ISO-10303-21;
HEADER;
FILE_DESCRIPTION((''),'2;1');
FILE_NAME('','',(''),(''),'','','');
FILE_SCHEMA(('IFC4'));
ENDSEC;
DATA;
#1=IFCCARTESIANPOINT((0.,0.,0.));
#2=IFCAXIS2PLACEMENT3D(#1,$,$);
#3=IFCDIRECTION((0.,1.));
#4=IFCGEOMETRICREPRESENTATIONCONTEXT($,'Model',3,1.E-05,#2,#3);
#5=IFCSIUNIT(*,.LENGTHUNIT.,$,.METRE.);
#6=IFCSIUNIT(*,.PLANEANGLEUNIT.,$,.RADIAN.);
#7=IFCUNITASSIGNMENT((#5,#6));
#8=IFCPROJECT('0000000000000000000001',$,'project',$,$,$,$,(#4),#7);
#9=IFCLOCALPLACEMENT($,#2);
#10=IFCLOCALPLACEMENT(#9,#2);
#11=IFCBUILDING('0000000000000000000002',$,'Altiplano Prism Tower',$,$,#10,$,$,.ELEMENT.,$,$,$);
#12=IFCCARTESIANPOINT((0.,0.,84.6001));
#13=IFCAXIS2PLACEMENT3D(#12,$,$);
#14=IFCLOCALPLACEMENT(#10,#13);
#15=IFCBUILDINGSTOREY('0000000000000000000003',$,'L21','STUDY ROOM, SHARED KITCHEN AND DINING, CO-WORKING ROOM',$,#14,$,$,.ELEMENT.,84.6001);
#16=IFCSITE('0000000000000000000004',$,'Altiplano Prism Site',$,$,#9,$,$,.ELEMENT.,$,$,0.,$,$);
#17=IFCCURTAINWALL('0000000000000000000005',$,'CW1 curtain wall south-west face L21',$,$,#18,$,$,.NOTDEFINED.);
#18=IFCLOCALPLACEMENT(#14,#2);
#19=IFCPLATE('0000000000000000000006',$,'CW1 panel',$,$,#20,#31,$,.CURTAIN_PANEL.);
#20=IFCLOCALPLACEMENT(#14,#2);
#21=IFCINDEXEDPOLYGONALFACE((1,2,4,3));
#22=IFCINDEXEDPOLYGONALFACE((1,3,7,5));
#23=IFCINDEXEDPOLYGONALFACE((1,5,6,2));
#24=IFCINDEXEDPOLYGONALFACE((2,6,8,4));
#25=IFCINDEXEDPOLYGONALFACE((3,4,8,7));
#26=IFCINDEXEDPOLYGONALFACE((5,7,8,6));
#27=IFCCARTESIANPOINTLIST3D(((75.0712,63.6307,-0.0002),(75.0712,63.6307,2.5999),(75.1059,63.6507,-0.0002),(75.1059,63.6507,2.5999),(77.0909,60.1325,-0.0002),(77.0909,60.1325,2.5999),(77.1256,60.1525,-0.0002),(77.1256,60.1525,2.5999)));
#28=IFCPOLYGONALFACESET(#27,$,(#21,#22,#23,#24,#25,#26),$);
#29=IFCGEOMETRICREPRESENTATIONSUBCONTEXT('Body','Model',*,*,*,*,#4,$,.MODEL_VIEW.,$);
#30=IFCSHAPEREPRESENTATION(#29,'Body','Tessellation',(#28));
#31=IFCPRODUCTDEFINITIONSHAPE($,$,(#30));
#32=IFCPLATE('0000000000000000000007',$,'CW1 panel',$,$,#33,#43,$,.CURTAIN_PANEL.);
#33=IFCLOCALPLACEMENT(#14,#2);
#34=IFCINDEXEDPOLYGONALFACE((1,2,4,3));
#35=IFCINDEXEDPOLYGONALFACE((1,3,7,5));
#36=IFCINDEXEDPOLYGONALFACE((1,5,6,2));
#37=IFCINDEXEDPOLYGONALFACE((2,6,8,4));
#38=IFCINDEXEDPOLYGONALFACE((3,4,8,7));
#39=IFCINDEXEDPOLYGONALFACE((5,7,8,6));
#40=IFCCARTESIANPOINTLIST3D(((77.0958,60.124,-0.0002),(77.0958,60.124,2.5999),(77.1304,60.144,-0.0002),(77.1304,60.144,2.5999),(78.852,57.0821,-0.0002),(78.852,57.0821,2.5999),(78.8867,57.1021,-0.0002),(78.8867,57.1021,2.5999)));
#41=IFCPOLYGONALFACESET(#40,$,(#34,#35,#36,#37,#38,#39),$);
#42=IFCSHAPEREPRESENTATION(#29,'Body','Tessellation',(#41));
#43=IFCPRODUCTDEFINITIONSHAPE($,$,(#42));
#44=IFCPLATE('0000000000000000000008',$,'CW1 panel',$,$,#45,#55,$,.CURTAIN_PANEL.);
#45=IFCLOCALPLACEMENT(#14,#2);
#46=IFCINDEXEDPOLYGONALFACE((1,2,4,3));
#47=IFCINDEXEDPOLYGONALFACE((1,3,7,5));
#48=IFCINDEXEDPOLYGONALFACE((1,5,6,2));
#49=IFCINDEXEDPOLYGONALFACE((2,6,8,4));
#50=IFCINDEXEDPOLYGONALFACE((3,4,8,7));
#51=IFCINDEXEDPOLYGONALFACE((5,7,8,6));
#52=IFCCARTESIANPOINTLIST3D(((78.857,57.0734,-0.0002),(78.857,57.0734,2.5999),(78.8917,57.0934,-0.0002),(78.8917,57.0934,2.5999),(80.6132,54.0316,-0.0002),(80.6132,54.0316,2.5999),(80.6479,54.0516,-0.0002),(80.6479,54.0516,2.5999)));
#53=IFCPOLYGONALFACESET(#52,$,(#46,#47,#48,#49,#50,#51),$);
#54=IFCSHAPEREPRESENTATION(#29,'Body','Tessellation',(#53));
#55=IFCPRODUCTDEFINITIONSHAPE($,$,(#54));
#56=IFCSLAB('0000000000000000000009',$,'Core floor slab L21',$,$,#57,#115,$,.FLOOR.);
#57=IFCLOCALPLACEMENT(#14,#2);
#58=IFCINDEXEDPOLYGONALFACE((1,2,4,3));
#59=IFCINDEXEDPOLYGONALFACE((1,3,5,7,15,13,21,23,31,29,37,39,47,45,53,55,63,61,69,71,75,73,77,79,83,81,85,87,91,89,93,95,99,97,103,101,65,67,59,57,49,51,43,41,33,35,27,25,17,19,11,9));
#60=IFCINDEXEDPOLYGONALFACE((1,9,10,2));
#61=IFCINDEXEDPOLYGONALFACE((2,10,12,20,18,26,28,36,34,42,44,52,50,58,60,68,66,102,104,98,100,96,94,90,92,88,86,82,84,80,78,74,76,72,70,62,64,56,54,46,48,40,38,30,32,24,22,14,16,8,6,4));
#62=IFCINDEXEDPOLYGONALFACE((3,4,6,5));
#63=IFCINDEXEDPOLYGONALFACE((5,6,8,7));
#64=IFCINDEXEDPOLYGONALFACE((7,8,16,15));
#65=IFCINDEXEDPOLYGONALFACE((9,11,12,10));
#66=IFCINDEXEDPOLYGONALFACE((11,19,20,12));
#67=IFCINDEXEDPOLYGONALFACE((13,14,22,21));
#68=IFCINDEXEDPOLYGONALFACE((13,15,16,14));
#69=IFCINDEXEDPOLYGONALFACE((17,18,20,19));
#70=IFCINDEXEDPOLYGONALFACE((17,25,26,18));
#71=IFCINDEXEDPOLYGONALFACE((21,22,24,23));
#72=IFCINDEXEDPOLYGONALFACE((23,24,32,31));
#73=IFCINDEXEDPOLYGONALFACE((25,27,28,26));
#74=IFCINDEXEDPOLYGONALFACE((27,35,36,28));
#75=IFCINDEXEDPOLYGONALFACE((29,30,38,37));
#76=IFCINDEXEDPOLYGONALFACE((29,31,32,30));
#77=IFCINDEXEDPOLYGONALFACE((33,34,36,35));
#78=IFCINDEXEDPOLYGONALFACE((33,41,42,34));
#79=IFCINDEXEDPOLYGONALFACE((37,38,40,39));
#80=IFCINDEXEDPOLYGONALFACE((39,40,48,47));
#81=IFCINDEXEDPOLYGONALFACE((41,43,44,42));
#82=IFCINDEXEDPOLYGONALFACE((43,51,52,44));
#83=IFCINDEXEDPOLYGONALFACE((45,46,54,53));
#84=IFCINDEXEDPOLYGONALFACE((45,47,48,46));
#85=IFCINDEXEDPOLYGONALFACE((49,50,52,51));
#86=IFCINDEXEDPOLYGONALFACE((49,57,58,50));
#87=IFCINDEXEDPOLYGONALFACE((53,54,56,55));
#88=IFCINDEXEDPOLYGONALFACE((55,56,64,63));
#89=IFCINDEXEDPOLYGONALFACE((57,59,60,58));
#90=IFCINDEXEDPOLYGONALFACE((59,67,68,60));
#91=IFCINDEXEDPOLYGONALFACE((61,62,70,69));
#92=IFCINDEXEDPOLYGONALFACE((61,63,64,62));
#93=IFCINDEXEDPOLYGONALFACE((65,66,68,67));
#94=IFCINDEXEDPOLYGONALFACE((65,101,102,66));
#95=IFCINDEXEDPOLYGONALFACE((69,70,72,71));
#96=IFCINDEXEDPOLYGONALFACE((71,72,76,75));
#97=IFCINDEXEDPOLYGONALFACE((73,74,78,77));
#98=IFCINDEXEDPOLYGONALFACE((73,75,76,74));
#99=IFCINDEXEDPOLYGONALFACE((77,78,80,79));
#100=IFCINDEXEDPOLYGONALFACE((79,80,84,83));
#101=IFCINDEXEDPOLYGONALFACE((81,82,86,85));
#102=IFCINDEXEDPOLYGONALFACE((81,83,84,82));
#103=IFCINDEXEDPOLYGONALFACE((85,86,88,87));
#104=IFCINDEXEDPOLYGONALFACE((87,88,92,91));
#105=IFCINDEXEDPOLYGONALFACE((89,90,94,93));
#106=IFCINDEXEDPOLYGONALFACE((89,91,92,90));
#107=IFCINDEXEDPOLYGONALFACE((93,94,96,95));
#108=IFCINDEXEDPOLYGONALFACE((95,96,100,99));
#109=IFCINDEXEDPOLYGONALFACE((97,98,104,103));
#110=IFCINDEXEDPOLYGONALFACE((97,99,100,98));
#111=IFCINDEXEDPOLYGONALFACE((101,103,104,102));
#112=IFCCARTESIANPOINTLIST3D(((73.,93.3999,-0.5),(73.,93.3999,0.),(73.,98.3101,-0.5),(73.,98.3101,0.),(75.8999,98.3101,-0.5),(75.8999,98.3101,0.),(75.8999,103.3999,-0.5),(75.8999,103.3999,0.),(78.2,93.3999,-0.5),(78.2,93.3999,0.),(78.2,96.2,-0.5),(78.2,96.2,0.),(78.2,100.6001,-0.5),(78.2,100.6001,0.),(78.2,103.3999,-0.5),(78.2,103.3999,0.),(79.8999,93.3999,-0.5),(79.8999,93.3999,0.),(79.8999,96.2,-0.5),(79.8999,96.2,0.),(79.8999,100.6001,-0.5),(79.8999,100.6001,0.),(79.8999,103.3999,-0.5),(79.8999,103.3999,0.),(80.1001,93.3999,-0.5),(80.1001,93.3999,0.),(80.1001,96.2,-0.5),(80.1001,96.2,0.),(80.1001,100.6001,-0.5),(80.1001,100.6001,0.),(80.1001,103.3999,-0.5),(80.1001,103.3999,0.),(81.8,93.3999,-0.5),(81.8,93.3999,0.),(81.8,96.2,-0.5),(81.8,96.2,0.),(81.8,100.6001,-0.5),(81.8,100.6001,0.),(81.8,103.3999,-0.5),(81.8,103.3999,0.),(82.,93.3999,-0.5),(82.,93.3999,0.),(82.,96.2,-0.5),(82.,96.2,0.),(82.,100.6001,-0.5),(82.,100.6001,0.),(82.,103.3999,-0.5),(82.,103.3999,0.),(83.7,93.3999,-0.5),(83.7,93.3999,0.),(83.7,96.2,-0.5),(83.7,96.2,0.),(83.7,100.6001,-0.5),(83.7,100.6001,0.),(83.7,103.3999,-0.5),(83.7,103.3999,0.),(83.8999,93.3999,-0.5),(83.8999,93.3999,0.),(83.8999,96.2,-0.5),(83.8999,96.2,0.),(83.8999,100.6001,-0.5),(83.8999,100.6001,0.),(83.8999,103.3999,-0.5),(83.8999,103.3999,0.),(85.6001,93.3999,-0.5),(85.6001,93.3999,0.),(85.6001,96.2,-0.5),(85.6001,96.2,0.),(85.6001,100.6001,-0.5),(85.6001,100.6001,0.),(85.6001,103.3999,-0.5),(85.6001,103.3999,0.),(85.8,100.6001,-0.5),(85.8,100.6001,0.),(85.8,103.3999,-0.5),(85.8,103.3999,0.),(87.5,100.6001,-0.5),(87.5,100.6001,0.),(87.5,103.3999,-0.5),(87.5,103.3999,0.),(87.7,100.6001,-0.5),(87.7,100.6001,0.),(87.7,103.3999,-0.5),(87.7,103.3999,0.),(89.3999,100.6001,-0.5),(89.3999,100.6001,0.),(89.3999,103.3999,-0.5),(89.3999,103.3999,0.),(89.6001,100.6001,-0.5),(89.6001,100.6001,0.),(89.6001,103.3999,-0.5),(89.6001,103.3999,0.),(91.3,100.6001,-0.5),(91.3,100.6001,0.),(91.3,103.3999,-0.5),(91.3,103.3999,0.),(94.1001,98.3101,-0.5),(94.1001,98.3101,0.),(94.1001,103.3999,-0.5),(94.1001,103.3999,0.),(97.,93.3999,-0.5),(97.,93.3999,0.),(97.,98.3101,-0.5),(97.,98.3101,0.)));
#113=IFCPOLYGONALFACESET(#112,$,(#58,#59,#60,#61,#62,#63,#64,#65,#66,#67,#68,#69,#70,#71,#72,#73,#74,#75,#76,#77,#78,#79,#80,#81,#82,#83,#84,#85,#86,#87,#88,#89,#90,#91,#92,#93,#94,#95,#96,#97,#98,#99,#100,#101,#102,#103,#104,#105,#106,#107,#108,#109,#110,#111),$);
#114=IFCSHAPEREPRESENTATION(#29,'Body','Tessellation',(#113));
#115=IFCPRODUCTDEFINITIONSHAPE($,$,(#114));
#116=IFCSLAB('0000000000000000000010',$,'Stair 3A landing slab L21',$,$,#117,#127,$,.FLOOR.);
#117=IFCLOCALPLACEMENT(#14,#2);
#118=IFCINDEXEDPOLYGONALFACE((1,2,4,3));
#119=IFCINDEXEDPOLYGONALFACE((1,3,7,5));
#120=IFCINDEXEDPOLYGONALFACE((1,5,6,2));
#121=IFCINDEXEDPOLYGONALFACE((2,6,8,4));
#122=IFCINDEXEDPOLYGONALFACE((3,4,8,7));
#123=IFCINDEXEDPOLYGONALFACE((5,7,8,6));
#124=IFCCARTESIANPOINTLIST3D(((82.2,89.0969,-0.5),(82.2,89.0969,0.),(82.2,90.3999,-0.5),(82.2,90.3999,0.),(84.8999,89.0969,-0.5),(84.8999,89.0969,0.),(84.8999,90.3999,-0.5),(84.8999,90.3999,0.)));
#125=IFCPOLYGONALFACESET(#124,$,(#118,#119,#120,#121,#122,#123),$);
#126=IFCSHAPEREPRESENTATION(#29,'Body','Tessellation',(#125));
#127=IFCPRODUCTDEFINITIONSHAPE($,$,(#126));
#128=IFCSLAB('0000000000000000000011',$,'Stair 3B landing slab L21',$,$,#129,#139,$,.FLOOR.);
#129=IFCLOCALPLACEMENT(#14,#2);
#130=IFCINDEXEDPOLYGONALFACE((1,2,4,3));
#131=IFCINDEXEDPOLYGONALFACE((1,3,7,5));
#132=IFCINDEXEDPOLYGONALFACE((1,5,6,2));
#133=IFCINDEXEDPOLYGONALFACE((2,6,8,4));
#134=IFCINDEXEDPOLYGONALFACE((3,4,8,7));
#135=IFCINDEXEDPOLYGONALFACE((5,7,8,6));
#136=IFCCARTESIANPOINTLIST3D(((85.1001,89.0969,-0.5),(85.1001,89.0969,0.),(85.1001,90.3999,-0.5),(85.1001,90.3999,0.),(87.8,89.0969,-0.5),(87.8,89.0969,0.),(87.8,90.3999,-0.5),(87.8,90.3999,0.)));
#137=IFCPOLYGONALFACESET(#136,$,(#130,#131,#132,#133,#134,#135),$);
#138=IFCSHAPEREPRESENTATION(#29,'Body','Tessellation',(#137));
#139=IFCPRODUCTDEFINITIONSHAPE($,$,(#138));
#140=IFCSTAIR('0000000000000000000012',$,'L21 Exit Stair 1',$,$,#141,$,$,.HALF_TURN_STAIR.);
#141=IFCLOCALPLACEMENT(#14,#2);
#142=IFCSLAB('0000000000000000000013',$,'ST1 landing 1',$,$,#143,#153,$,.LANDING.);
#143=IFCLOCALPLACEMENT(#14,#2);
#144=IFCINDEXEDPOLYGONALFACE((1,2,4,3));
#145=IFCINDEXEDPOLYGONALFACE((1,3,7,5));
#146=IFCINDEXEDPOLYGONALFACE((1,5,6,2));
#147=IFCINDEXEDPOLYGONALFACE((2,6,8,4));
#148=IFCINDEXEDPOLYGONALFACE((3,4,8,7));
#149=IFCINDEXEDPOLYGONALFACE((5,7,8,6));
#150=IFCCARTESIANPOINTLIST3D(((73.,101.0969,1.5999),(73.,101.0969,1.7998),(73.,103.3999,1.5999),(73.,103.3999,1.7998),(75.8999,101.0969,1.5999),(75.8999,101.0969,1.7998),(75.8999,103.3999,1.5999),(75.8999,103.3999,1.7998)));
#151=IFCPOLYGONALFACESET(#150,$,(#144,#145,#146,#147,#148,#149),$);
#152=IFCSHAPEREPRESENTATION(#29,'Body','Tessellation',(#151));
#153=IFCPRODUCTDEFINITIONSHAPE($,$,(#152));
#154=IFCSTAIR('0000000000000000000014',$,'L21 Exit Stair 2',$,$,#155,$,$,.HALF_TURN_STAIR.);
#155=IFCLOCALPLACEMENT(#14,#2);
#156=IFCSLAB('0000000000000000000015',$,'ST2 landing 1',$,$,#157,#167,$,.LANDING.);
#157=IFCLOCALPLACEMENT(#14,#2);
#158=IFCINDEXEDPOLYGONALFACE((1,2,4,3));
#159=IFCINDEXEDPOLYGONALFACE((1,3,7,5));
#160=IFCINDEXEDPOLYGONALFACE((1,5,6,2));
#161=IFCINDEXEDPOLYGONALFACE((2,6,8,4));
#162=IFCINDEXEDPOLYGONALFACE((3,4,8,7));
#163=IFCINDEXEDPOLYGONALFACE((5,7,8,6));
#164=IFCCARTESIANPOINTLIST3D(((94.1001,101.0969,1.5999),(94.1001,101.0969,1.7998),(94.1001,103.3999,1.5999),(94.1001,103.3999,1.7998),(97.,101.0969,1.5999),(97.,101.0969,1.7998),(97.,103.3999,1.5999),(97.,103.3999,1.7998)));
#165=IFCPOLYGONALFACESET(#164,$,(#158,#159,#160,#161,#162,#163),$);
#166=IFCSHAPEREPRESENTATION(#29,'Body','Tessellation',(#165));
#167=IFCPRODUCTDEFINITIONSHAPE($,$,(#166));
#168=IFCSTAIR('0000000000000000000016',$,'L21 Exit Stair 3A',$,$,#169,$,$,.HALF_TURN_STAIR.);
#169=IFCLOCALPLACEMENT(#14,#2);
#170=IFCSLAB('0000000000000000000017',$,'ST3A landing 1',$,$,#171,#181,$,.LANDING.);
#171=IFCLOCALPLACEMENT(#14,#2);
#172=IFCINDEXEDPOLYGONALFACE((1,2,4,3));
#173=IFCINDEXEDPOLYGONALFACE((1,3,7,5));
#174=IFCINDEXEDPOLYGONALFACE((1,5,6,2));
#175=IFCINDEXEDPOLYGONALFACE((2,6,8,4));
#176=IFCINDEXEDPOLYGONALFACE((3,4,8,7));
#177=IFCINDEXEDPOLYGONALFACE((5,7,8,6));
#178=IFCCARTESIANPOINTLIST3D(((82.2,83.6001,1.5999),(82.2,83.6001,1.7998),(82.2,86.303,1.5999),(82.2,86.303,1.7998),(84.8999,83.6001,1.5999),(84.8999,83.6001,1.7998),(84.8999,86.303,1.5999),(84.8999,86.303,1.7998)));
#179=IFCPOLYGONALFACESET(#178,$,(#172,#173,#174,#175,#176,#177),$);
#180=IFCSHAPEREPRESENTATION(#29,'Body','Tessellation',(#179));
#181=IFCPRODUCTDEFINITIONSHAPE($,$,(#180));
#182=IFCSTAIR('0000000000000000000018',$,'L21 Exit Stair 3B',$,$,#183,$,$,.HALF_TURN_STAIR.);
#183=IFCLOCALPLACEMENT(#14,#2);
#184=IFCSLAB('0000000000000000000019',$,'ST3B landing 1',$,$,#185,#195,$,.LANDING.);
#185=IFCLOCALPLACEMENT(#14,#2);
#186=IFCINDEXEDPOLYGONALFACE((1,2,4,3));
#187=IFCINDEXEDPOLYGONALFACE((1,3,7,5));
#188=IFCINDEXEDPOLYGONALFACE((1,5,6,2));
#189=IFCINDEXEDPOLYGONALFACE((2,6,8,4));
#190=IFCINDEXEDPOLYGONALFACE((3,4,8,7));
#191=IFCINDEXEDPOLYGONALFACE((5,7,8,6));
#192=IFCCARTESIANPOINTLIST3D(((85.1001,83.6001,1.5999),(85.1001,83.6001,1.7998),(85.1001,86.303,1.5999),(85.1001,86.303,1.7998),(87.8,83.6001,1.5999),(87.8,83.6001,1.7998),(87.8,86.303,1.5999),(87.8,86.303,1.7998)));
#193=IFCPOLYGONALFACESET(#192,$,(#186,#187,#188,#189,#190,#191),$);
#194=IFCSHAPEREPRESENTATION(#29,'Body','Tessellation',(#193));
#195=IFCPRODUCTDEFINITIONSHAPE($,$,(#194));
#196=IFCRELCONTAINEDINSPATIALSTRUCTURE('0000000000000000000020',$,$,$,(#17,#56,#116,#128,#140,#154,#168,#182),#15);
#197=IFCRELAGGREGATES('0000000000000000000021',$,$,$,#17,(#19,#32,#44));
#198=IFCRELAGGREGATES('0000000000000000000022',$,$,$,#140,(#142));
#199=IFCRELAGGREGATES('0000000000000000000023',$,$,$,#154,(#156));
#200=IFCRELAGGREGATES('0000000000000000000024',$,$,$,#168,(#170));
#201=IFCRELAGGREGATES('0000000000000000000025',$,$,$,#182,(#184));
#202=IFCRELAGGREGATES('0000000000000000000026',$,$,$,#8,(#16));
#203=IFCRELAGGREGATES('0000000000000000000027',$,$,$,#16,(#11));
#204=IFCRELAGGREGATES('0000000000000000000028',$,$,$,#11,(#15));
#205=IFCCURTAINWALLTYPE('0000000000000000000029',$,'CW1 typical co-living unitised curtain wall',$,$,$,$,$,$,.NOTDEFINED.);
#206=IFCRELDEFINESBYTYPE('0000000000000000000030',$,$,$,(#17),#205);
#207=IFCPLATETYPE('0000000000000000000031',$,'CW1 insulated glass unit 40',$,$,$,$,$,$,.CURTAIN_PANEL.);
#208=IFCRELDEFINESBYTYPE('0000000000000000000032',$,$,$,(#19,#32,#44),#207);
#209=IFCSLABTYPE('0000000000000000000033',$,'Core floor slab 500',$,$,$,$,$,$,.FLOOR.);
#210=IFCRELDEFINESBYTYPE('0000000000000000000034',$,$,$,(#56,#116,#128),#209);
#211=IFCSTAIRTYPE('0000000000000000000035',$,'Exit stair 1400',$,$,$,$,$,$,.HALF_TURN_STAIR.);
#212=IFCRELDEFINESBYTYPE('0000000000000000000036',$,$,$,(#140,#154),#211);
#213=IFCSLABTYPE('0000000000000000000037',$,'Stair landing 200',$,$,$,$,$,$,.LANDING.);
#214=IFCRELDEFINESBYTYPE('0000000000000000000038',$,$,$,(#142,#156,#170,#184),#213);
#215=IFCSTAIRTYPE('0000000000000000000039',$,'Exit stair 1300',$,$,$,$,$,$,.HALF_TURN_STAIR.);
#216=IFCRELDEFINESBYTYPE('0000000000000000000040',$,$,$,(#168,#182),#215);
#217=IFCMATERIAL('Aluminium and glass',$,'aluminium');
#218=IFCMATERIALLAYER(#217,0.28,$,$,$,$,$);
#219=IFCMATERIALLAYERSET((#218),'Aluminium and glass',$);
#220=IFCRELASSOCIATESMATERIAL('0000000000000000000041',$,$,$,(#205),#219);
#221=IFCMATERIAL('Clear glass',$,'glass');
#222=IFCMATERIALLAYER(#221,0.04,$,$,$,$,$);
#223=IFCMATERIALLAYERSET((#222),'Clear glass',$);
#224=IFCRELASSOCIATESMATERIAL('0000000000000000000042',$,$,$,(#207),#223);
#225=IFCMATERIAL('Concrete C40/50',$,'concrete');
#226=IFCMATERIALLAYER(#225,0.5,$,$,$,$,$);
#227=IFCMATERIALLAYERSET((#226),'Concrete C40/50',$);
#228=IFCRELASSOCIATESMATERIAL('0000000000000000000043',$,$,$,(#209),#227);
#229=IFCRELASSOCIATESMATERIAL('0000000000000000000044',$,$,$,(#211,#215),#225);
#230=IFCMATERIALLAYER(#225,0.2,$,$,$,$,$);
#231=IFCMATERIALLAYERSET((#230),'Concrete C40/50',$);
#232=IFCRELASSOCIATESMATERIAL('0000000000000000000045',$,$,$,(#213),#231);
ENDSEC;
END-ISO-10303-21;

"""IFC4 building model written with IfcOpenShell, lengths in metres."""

from ifc_helpers import new_model, si_unit, direction, frame, origin, origin_2d, place, context, subcontext, project, spatial, polyline, rectangle, outline, extrude, material, layer, layer_set, type_object, element, aggregate, save


model = new_model("IFC4")

# Units and contexts
model_context = context("Model", 3, precision=1e-05, world=origin(), true_north=direction((0.0, 1.0)))
body_context = subcontext(model_context, "Body", "Model", "MODEL_VIEW")
ifc_project = project(units=[si_unit("LENGTHUNIT", "METRE"), si_unit("PLANEANGLEUNIT", "RADIAN")], contexts=[model_context])

# Site, building, storey
site_placement = place(None, origin())
site = spatial("IfcSite", under=ifc_project, at=site_placement, Name="Altiplano Prism Site", CompositionType="ELEMENT", RefElevation=0.0)
building_placement = place(site_placement, origin())
building = spatial("IfcBuilding", under=site, at=building_placement, Name="Altiplano Prism Tower", CompositionType="ELEMENT")
storey_placement = place(building_placement, frame((0.0, 0.0, 84.6001)))
storey = spatial("IfcBuildingStorey", under=building, at=storey_placement, Name="L21", Description="STUDY ROOM, SHARED KITCHEN AND DINING, CO-WORKING ROOM", CompositionType="ELEMENT", Elevation=84.6001)

# Curtain wall
ifc_material_1 = material(Name="Aluminium and glass", Category="aluminium")
ifc_layer_1 = layer(ifc_material_1, 0.28)
ifc_layer_set_1 = layer_set([ifc_layer_1], Name="Aluminium and glass")
curtain_wall_type = type_object("IfcCurtainWallType", Name="CW1 typical co-living unitised curtain wall", PredefinedType="NOTDEFINED", material=ifc_layer_set_1)
curtain_wall_placement = place(storey_placement, origin())
curtain_wall = element("IfcCurtainWall", 1, at=curtain_wall_placement, inside=storey, type_object=curtain_wall_type, Name="CW1 curtain wall south-west face L21", PredefinedType="NOTDEFINED")

# Plates
ifc_material_2 = material(Name="Clear glass", Category="glass")
ifc_layer_2 = layer(ifc_material_2, 0.04)
ifc_layer_set_2 = layer_set([ifc_layer_2], Name="Clear glass")
plate_type = type_object("IfcPlateType", Name="CW1 insulated glass unit 40", PredefinedType="CURTAIN_PANEL", material=ifc_layer_set_2)
plate_1_placement = place(storey_placement, frame((76.0984, 61.8916, -0.0002), z_axis=(0.0, 0.0, 1.0), x_axis=(0.5, -0.866025, 0.0)))
plate_1 = element("IfcPlate", 2, at=plate_1_placement, type_object=plate_type, Name="CW1 panel", PredefinedType="CURTAIN_PANEL", context=body_context, shape_type="SweptSolid", body=[
    extrude(rectangle(XDim=4.0393, YDim=0.04, at=origin_2d()), origin(), (0.0, 0.0, 1.0), 2.6001),
])
plate_2_placement = place(storey_placement, frame((77.9912, 58.613, -0.0002), z_axis=(0.0, 0.0, 1.0), x_axis=(0.5, -0.866025, 0.0)))
plate_2 = element("IfcPlate", 3, at=plate_2_placement, type_object=plate_type, Name="CW1 panel", PredefinedType="CURTAIN_PANEL", context=body_context, shape_type="SweptSolid", body=[
    extrude(rectangle(XDim=3.5125, YDim=0.04, at=origin_2d()), origin(), (0.0, 0.0, 1.0), 2.6001),
])
plate_3_placement = place(storey_placement, frame((79.7524, 55.5625, -0.0002), z_axis=(0.0, 0.0, 1.0), x_axis=(0.5, -0.866025, 0.0)))
plate_3 = element("IfcPlate", 4, at=plate_3_placement, type_object=plate_type, Name="CW1 panel", PredefinedType="CURTAIN_PANEL", context=body_context, shape_type="SweptSolid", body=[
    extrude(rectangle(XDim=3.5125, YDim=0.04, at=origin_2d()), origin(), (0.0, 0.0, 1.0), 2.6001),
])
aggregate(curtain_wall, [plate_1, plate_2, plate_3])

# Slabs
ifc_material_3 = material(Name="Concrete C40/50", Category="concrete")
ifc_layer_3 = layer(ifc_material_3, 0.5)
ifc_layer_set_3 = layer_set([ifc_layer_3], Name="Concrete C40/50")
slab_type_1 = type_object("IfcSlabType", Name="Core floor slab 500", PredefinedType="FLOOR", material=ifc_layer_set_3)
slab_1_placement = place(storey_placement, frame((0.0, 0.0, -0.5)))
element("IfcSlab", 5, at=slab_1_placement, inside=storey, type_object=slab_type_1, Name="Core floor slab L21", PredefinedType="FLOOR", context=body_context, shape_type="SweptSolid", body=[
    extrude(outline(polyline([(97.0, 98.3101), (94.1001, 98.3101), (94.1001, 103.3999), (91.3, 103.3999), (91.3, 100.6001), (89.6001, 100.6001), (89.6001, 103.3999), (89.3999, 103.3999), (89.3999, 100.6001), (87.7, 100.6001), (87.7, 103.3999), (87.5, 103.3999), (87.5, 100.6001), (85.8, 100.6001), (85.8, 103.3999), (85.6001, 103.3999), (85.6001, 100.6001), (83.8999, 100.6001), (83.8999, 103.3999), (83.7, 103.3999), (83.7, 100.6001), (82.0, 100.6001), (82.0, 103.3999), (81.8, 103.3999), (81.8, 100.6001), (80.1001, 100.6001), (80.1001, 103.3999), (79.8999, 103.3999), (79.8999, 100.6001), (78.2, 100.6001), (78.2, 103.3999), (75.8999, 103.3999), (75.8999, 98.3101), (73.0, 98.3101), (73.0, 93.3999), (78.2, 93.3999), (78.2, 96.2), (79.8999, 96.2), (79.8999, 93.3999), (80.1001, 93.3999), (80.1001, 96.2), (81.8, 96.2), (81.8, 93.3999), (82.0, 93.3999), (82.0, 96.2), (83.7, 96.2), (83.7, 93.3999), (83.8999, 93.3999), (83.8999, 96.2), (85.6001, 96.2), (85.6001, 93.3999), (97.0, 93.3999), (97.0, 98.3101)])), origin(), (0.0, 0.0, 1.0), 0.5),
])
slab_2_placement = place(storey_placement, frame((0.0, 0.0, -0.5)))
element("IfcSlab", 6, at=slab_2_placement, inside=storey, type_object=slab_type_1, Name="Stair 3A landing slab L21", PredefinedType="FLOOR", context=body_context, shape_type="SweptSolid", body=[
    extrude(outline(polyline([(82.2, 89.0969), (84.8999, 89.0969), (84.8999, 90.3999), (82.2, 90.3999), (82.2, 89.0969)])), origin(), (0.0, 0.0, 1.0), 0.5),
])
slab_3_placement = place(storey_placement, frame((0.0, 0.0, -0.5)))
element("IfcSlab", 7, at=slab_3_placement, inside=storey, type_object=slab_type_1, Name="Stair 3B landing slab L21", PredefinedType="FLOOR", context=body_context, shape_type="SweptSolid", body=[
    extrude(outline(polyline([(85.1001, 89.0969), (87.8, 89.0969), (87.8, 90.3999), (85.1001, 90.3999), (85.1001, 89.0969)])), origin(), (0.0, 0.0, 1.0), 0.5),
])

# Stairs, slabs
stair_type_1 = type_object("IfcStairType", Name="Exit stair 1400", PredefinedType="HALF_TURN_STAIR", material=ifc_material_3)
stair_1_placement = place(storey_placement, origin())
stair_1 = element("IfcStair", 8, at=stair_1_placement, inside=storey, type_object=stair_type_1, Name="L21 Exit Stair 1", PredefinedType="HALF_TURN_STAIR")
ifc_layer_4 = layer(ifc_material_3, 0.2)
ifc_layer_set_4 = layer_set([ifc_layer_4], Name="Concrete C40/50")
slab_type_2 = type_object("IfcSlabType", Name="Stair landing 200", PredefinedType="LANDING", material=ifc_layer_set_4)
slab_4_placement = place(storey_placement, frame((0.0, 0.0, 1.5999)))
slab_4 = element("IfcSlab", 9, at=slab_4_placement, type_object=slab_type_2, Name="ST1 landing 1", PredefinedType="LANDING", context=body_context, shape_type="SweptSolid", body=[
    extrude(outline(polyline([(75.8999, 101.0969), (75.8999, 103.3999), (73.0, 103.3999), (73.0, 101.0969), (75.8999, 101.0969)])), origin(), (0.0, 0.0, 1.0), 0.2),
])
aggregate(stair_1, [slab_4])
stair_2_placement = place(storey_placement, origin())
stair_2 = element("IfcStair", 10, at=stair_2_placement, inside=storey, type_object=stair_type_1, Name="L21 Exit Stair 2", PredefinedType="HALF_TURN_STAIR")
slab_5_placement = place(storey_placement, frame((0.0, 0.0, 1.5999)))
slab_5 = element("IfcSlab", 11, at=slab_5_placement, type_object=slab_type_2, Name="ST2 landing 1", PredefinedType="LANDING", context=body_context, shape_type="SweptSolid", body=[
    extrude(outline(polyline([(97.0, 101.0969), (97.0, 103.3999), (94.1001, 103.3999), (94.1001, 101.0969), (97.0, 101.0969)])), origin(), (0.0, 0.0, 1.0), 0.2),
])
aggregate(stair_2, [slab_5])
stair_type_2 = type_object("IfcStairType", Name="Exit stair 1300", PredefinedType="HALF_TURN_STAIR", material=ifc_material_3)
stair_3_placement = place(storey_placement, origin())
stair_3 = element("IfcStair", 12, at=stair_3_placement, inside=storey, type_object=stair_type_2, Name="L21 Exit Stair 3A", PredefinedType="HALF_TURN_STAIR")
slab_6_placement = place(storey_placement, frame((0.0, 0.0, 1.5999)))
slab_6 = element("IfcSlab", 13, at=slab_6_placement, type_object=slab_type_2, Name="ST3A landing 1", PredefinedType="LANDING", context=body_context, shape_type="SweptSolid", body=[
    extrude(outline(polyline([(82.2, 86.303), (82.2, 83.6001), (84.8999, 83.6001), (84.8999, 86.303), (82.2, 86.303)])), origin(), (0.0, 0.0, 1.0), 0.2),
])
aggregate(stair_3, [slab_6])
stair_4_placement = place(storey_placement, origin())
stair_4 = element("IfcStair", 14, at=stair_4_placement, inside=storey, type_object=stair_type_2, Name="L21 Exit Stair 3B", PredefinedType="HALF_TURN_STAIR")
slab_7_placement = place(storey_placement, frame((0.0, 0.0, 1.5999)))
slab_7 = element("IfcSlab", 15, at=slab_7_placement, type_object=slab_type_2, Name="ST3B landing 1", PredefinedType="LANDING", context=body_context, shape_type="SweptSolid", body=[
    extrude(outline(polyline([(85.1001, 86.303), (85.1001, 83.6001), (87.8, 83.6001), (87.8, 86.303), (85.1001, 86.303)])), origin(), (0.0, 0.0, 1.0), 0.2),
])
aggregate(stair_4, [slab_7])

save(model, "model.ifc")
